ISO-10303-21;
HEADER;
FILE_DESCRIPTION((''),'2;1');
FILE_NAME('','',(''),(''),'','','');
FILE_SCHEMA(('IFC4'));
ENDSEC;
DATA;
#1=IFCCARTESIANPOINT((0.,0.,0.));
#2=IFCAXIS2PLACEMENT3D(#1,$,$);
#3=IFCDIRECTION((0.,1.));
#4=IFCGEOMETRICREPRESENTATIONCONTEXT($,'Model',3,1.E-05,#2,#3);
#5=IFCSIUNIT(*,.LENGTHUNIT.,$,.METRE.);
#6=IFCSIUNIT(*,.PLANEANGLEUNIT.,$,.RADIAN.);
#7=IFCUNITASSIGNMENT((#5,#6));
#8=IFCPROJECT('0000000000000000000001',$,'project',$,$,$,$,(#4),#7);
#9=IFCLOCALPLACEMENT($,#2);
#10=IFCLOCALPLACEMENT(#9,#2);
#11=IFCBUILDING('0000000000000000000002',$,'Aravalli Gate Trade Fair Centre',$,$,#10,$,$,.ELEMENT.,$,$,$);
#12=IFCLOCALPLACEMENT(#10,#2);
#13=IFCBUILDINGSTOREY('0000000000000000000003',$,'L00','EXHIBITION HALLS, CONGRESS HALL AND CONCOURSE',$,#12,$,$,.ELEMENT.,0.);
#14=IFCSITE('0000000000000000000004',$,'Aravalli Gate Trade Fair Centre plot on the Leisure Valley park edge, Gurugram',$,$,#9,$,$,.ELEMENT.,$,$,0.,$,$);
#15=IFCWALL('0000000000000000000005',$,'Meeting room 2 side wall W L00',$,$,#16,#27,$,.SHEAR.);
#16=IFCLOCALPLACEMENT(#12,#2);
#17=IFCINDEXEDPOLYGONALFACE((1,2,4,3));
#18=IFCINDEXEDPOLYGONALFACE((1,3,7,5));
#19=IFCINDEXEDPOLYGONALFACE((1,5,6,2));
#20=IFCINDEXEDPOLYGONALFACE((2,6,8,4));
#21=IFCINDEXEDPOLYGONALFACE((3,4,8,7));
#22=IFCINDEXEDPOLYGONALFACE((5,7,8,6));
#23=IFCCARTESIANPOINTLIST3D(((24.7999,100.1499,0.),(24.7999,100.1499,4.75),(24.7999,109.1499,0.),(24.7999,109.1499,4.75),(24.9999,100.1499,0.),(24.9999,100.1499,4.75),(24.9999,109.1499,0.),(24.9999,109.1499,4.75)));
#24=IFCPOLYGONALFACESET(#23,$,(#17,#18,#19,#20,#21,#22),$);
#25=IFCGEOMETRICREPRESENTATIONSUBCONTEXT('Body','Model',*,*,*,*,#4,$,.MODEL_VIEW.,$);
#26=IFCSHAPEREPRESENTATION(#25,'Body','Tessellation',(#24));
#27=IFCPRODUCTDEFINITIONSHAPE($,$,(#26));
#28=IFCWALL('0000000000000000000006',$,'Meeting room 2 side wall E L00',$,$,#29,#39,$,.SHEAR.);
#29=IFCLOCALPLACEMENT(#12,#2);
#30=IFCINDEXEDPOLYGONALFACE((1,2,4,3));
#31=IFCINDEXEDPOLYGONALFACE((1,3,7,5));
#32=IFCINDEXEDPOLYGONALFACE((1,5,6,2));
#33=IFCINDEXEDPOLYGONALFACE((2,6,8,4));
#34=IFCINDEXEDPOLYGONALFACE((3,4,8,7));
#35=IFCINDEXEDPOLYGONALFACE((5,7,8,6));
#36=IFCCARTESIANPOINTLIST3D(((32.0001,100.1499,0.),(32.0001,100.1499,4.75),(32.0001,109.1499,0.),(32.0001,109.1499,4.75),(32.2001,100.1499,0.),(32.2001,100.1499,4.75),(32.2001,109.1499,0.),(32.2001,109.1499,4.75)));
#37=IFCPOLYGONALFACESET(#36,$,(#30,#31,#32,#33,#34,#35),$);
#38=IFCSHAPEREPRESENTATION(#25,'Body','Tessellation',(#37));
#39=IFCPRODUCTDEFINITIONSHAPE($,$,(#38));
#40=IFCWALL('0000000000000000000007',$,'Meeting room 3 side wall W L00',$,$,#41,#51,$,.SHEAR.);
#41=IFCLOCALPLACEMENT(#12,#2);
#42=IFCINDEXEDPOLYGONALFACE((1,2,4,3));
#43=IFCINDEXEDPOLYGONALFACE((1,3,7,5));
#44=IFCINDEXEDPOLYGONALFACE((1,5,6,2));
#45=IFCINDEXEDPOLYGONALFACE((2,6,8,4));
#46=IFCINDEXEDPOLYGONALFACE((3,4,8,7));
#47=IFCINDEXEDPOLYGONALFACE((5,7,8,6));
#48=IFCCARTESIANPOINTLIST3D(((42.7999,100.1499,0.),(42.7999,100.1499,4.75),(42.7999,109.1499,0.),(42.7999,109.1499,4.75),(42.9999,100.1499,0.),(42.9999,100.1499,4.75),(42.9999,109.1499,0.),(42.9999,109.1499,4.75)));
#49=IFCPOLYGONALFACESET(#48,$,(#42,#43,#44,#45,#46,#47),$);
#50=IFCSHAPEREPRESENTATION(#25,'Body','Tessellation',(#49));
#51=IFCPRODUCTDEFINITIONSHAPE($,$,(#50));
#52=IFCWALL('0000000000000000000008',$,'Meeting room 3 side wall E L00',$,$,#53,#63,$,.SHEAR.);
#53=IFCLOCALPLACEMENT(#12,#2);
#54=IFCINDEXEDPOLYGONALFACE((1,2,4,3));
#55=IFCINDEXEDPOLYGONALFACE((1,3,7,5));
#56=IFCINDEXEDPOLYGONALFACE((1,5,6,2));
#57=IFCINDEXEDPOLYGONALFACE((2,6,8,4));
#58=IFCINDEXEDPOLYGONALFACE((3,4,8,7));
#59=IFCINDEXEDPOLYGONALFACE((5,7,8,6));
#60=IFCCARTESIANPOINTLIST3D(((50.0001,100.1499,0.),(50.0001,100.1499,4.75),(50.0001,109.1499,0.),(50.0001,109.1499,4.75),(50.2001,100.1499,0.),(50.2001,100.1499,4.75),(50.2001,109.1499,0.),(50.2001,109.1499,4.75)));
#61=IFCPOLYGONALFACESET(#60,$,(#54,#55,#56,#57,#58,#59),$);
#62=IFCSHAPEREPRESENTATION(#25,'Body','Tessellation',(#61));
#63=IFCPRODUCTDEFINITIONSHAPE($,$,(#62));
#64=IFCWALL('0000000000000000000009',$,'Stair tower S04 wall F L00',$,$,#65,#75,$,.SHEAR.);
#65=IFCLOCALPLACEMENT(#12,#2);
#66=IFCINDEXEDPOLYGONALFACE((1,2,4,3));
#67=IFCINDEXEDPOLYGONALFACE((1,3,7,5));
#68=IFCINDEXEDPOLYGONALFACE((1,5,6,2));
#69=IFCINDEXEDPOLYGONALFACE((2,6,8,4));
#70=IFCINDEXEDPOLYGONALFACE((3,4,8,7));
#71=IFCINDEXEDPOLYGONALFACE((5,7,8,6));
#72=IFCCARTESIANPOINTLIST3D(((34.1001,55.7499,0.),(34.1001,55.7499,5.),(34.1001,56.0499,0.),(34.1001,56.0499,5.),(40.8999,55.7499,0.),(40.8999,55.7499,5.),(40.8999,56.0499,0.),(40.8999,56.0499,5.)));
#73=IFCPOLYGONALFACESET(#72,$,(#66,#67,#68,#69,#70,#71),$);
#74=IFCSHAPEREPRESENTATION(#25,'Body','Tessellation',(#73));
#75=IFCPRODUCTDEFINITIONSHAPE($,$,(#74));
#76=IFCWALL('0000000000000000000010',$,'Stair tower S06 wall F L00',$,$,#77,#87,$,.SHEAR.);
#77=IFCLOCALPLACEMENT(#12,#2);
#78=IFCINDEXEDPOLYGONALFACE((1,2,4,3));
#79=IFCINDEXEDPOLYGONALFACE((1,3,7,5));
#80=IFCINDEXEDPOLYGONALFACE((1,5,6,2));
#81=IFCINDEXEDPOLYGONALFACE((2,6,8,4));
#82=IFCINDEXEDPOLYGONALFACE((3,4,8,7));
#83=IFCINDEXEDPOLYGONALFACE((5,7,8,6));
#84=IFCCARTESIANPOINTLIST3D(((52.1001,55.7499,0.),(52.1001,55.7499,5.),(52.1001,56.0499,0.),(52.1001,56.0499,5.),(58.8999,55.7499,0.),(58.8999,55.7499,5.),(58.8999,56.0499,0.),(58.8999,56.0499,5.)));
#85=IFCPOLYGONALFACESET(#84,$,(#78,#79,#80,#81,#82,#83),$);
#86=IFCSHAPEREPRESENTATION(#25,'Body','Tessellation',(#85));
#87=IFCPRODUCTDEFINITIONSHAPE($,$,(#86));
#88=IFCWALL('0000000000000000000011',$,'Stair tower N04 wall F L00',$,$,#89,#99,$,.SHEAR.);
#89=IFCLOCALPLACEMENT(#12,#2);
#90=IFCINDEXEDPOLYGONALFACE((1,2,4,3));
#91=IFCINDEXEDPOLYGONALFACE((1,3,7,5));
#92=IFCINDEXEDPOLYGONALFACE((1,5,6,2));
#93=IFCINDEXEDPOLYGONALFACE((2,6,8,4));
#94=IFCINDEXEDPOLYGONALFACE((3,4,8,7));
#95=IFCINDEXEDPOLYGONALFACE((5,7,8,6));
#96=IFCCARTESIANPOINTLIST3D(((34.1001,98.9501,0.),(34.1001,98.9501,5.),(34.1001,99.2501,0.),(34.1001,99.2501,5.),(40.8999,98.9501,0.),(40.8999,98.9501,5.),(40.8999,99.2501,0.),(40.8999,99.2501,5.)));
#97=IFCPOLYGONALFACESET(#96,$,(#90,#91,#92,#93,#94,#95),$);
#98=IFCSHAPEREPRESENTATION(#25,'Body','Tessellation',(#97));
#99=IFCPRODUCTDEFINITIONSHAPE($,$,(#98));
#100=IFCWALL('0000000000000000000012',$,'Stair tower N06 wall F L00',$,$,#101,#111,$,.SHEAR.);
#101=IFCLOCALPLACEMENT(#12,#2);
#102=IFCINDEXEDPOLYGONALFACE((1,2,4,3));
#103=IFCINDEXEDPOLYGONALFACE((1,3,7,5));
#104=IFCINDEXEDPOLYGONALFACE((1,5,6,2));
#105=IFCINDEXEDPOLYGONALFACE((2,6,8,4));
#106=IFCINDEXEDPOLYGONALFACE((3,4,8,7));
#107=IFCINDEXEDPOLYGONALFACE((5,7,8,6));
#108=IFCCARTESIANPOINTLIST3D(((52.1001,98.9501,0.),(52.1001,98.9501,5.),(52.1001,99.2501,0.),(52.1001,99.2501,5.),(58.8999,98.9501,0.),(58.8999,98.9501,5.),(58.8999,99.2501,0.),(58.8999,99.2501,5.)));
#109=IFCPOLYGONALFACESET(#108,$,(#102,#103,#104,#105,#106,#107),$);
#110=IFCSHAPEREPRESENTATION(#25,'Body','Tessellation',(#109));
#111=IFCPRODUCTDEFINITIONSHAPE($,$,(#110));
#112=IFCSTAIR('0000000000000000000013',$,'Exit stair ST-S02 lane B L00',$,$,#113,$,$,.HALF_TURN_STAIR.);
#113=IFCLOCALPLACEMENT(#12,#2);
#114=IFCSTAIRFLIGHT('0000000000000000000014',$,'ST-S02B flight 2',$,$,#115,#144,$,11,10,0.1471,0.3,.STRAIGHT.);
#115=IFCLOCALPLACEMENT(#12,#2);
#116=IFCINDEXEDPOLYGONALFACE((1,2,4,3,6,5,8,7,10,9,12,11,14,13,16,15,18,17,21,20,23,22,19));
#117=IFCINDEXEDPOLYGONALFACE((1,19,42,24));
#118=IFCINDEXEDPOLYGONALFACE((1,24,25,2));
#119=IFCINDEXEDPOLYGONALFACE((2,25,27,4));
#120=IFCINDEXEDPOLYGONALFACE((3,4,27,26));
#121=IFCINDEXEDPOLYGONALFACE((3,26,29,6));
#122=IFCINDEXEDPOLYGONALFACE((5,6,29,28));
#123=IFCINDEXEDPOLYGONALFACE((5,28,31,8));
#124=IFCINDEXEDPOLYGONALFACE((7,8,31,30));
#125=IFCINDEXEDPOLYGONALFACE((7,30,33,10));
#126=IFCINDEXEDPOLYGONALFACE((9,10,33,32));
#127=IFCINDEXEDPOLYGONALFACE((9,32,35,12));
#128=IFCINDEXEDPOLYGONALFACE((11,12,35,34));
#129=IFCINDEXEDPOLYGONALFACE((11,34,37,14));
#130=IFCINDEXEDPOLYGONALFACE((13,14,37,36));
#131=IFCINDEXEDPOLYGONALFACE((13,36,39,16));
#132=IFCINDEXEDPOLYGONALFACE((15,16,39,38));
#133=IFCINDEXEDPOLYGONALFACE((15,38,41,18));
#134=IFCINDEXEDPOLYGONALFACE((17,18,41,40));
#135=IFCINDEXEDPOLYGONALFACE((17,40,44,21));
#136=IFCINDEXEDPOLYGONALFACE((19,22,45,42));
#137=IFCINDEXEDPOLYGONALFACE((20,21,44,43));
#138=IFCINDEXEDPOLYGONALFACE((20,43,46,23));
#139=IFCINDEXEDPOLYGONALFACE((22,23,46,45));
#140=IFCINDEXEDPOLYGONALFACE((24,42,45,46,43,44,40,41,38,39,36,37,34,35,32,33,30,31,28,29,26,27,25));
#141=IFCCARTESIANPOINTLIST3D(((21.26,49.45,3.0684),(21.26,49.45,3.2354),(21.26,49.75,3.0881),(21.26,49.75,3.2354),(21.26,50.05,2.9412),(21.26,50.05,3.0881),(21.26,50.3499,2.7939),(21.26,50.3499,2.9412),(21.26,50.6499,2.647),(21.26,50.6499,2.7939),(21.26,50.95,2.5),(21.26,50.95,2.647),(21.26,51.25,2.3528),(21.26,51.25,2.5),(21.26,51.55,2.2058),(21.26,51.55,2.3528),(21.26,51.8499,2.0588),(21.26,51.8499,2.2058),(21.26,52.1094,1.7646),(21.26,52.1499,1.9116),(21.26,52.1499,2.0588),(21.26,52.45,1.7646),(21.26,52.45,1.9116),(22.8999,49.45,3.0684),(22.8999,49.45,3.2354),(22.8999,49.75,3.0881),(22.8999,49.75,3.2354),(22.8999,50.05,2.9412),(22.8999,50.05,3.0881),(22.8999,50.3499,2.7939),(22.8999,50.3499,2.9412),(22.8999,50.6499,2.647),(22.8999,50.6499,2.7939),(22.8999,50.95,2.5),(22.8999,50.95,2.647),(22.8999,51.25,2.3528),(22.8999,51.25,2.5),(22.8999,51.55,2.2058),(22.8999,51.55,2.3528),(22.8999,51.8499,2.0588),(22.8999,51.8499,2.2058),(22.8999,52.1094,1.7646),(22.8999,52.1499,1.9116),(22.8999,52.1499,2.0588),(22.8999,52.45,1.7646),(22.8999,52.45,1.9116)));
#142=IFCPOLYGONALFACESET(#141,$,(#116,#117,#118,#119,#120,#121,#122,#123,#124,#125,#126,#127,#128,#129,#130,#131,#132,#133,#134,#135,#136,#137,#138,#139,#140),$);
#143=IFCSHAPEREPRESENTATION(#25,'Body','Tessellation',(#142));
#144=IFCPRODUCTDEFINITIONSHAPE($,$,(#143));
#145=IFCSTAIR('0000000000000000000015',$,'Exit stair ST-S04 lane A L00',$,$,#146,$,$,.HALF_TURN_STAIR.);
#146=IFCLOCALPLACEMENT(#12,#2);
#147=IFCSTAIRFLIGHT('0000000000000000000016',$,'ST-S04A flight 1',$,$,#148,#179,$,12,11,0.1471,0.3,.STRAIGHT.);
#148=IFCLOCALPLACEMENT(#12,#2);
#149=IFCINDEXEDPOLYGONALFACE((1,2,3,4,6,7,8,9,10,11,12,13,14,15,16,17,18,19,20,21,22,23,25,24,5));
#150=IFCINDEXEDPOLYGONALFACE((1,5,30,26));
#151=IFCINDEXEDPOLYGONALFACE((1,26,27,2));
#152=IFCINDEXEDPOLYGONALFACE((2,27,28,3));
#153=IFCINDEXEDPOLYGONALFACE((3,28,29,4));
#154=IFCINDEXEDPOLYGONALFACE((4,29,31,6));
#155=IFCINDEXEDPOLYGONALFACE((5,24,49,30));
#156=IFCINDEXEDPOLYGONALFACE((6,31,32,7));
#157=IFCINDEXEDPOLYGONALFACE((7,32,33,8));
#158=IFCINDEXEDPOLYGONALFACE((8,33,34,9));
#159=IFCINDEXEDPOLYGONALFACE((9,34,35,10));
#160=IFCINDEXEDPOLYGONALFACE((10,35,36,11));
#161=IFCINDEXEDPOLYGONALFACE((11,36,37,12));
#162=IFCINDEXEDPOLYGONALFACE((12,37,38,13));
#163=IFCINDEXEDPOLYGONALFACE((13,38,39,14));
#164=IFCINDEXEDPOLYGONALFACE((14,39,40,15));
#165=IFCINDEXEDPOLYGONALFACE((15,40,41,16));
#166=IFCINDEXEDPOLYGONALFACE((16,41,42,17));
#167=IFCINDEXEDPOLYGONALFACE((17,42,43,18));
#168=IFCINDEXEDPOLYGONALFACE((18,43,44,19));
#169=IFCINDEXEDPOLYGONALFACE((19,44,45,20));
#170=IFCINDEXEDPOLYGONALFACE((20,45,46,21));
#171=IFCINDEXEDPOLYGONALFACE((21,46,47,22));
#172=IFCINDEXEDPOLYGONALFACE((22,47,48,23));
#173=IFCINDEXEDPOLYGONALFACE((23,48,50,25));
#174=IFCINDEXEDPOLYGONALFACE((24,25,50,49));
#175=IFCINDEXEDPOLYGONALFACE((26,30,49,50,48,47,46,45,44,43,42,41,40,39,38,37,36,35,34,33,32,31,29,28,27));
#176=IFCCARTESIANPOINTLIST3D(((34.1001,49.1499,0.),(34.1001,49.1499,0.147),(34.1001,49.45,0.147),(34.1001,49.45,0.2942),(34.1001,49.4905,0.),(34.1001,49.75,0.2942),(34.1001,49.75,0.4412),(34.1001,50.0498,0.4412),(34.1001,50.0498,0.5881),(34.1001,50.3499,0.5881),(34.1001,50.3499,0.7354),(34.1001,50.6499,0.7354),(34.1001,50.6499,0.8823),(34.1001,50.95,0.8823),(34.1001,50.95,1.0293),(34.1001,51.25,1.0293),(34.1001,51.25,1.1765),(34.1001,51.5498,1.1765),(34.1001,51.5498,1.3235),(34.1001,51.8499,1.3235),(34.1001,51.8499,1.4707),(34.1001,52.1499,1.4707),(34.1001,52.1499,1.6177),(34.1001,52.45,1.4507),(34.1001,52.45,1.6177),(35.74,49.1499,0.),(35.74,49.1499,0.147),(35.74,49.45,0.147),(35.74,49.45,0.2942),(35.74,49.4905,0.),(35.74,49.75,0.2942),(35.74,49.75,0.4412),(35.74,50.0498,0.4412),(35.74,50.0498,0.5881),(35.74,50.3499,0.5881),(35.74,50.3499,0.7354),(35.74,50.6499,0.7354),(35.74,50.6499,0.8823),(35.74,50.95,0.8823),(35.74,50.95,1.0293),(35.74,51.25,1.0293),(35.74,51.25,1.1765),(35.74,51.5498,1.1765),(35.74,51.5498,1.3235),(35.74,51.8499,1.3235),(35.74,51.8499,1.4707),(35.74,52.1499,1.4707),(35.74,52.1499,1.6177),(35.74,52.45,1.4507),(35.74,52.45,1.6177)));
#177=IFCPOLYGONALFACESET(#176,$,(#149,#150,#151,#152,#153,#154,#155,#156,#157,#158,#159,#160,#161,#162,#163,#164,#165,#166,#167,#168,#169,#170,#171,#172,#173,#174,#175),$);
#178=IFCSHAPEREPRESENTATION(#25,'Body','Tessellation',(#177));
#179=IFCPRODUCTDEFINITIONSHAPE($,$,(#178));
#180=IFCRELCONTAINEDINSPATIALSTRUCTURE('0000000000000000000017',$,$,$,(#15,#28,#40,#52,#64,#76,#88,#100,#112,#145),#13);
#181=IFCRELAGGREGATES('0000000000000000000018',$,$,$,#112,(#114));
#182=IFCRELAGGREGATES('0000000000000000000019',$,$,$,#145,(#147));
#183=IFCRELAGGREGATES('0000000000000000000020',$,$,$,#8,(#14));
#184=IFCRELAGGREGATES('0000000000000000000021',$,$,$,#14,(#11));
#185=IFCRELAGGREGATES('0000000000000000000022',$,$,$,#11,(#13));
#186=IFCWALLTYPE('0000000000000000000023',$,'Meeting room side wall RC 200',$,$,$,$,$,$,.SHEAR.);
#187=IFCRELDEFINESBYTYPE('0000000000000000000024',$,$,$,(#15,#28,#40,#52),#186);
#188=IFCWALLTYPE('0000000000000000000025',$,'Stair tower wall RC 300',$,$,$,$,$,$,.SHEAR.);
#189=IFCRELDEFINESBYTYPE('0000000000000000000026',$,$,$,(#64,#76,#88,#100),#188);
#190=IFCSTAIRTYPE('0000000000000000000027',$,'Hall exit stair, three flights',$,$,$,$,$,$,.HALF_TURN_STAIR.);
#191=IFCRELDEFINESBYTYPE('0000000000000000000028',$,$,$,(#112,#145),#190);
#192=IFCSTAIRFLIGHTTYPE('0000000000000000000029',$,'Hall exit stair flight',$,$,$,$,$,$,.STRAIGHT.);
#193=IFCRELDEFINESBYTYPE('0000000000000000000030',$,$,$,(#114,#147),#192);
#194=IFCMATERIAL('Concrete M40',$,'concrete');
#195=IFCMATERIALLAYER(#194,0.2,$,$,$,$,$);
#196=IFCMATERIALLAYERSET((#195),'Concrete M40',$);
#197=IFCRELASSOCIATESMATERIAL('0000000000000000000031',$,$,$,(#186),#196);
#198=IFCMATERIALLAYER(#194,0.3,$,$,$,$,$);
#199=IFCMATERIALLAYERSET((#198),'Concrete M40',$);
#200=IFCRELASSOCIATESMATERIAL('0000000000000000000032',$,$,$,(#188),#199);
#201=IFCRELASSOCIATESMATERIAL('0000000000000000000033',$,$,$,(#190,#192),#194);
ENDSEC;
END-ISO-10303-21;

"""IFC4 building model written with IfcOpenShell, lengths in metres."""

from ifc_helpers import new_model, si_unit, direction, frame, frame_2d, origin, place, context, subcontext, project, spatial, polyline, rectangle, outline, extrude, material, layer, layer_set, type_object, element, aggregate, save


model = new_model("IFC4")

# Units and contexts
model_context = context("Model", 3, precision=1e-05, world=origin(), true_north=direction((0.0, 1.0)))
body_context = subcontext(model_context, "Body", "Model", "MODEL_VIEW")
ifc_project = project(units=[si_unit("LENGTHUNIT", "METRE"), si_unit("PLANEANGLEUNIT", "RADIAN")], contexts=[model_context])

# Site, building, storey
site_placement = place(None, origin())
site = spatial("IfcSite", under=ifc_project, at=site_placement, Name="Aravalli Gate Trade Fair Centre plot on the Leisure Valley park edge, Gurugram", CompositionType="ELEMENT", RefElevation=0.0)
building_placement = place(site_placement, origin())
building = spatial("IfcBuilding", under=site, at=building_placement, Name="Aravalli Gate Trade Fair Centre", CompositionType="ELEMENT")
storey_placement = place(building_placement, origin())
storey = spatial("IfcBuildingStorey", under=building, at=storey_placement, Name="L00", Description="EXHIBITION HALLS, CONGRESS HALL AND CONCOURSE", CompositionType="ELEMENT", Elevation=0.0)

# Walls
ifc_material_1 = material(Name="Concrete M40", Category="concrete")
ifc_layer_1 = layer(ifc_material_1, 0.2)
ifc_layer_set_1 = layer_set([ifc_layer_1], Name="Concrete M40")
wall_type_1 = type_object("IfcWallType", Name="Meeting room side wall RC 200", PredefinedType="SHEAR", material=ifc_layer_set_1)
for number, where, z_axis, x_axis, name in (
    (1, (24.8999, 100.1499, 0.0), (0.0, 0.0, 1.0), (0.0, 1.0, 0.0), "Meeting room 2 side wall W L00"),
    (2, (32.1001, 100.1499, 0.0), (0.0, 0.0, 1.0), (0.0, 1.0, 0.0), "Meeting room 2 side wall E L00"),
    (3, (42.8999, 100.1499, 0.0), (0.0, 0.0, 1.0), (0.0, 1.0, 0.0), "Meeting room 3 side wall W L00"),
    (4, (50.1001, 100.1499, 0.0), (0.0, 0.0, 1.0), (0.0, 1.0, 0.0), "Meeting room 3 side wall E L00"),
):
    element("IfcWall", number, at=place(storey_placement, frame(where, z_axis=z_axis, x_axis=x_axis)), inside=storey, type_object=wall_type_1, Name=name, PredefinedType="SHEAR", context=body_context, shape_type="SweptSolid", body=[
        extrude(rectangle(XDim=9.0, YDim=0.2, at=frame_2d((4.5, 0.0))), origin(), (0.0, 0.0, 1.0), 4.75),
    ])
ifc_layer_2 = layer(ifc_material_1, 0.3)
ifc_layer_set_2 = layer_set([ifc_layer_2], Name="Concrete M40")
wall_type_2 = type_object("IfcWallType", Name="Stair tower wall RC 300", PredefinedType="SHEAR", material=ifc_layer_set_2)
for number, where, z_axis, x_axis, name in (
    (5, (34.1001, 55.8999, 0.0), (0.0, 0.0, 1.0), (1.0, 0.0, 0.0), "Stair tower S04 wall F L00"),
    (6, (52.1001, 55.8999, 0.0), (0.0, 0.0, 1.0), (1.0, 0.0, 0.0), "Stair tower S06 wall F L00"),
    (7, (34.1001, 99.1001, 0.0), (0.0, 0.0, 1.0), (1.0, 0.0, 0.0), "Stair tower N04 wall F L00"),
    (8, (52.1001, 99.1001, 0.0), (0.0, 0.0, 1.0), (1.0, 0.0, 0.0), "Stair tower N06 wall F L00"),
):
    element("IfcWall", number, at=place(storey_placement, frame(where, z_axis=z_axis, x_axis=x_axis)), inside=storey, type_object=wall_type_2, Name=name, PredefinedType="SHEAR", context=body_context, shape_type="SweptSolid", body=[
        extrude(rectangle(XDim=6.7998, YDim=0.3, at=frame_2d((3.3999, 0.0))), origin(), (0.0, 0.0, 1.0), 5.0),
    ])

# Stair, stair flight
stair_type_1 = type_object("IfcStairType", Name="Hall exit stair, three flights", PredefinedType="HALF_TURN_STAIR", material=ifc_material_1)
stair_1_placement = place(storey_placement, origin())
stair_1 = element("IfcStair", 9, at=stair_1_placement, inside=storey, type_object=stair_type_1, Name="Exit stair ST-S02 lane B L00", PredefinedType="HALF_TURN_STAIR")
stair_flight_type_1 = type_object("IfcStairFlightType", Name="Hall exit stair flight", PredefinedType="STRAIGHT", material=ifc_material_1)
stair_flight_1_placement = place(storey_placement, frame((22.0801, 52.45, 1.7646), z_axis=(0.0, 0.0, 1.0), x_axis=(0.0, -1.0, 0.0)))
stair_flight_1 = element("IfcStairFlight", 10, at=stair_flight_1_placement, type_object=stair_flight_type_1, Name="ST-S02B flight 2", NumberOfRisers=11, NumberOfTreads=10, PredefinedType="STRAIGHT", RiserHeight=0.1471, TreadLength=0.3, context=body_context, shape_type="SweptSolid", body=[
    extrude(outline(polyline([(0.0, 0.0), (0.0, 0.147), (0.3, 0.147), (0.3, 0.2942), (0.6001, 0.2942), (0.6001, 0.4412), (0.8999, 0.4412), (0.8999, 0.5881), (1.2, 0.5881), (1.2, 0.7354), (1.5, 0.7354), (1.5, 0.8823), (1.8, 0.8823), (1.8, 1.0293), (2.1001, 1.0293), (2.1001, 1.1765), (2.3999, 1.1765), (2.3999, 1.3235), (2.7, 1.3235), (2.7, 1.4707), (3.0, 1.4707), (3.0, 1.6177), (3.0, 1.3037), (0.3406, 0.0), (0.0, 0.0)])), frame((0.0, 0.8198, 0.0), z_axis=(0.0, -1.0, 0.0), x_axis=(1.0, 0.0, 0.0)), (0.0, 0.0, 1.0), 1.6399),
])
aggregate(stair_1, [stair_flight_1])

# Stair, stair flight
stair_2_placement = place(storey_placement, origin())
stair_2 = element("IfcStair", 11, at=stair_2_placement, inside=storey, type_object=stair_type_1, Name="Exit stair ST-S04 lane A L00", PredefinedType="HALF_TURN_STAIR")
stair_flight_2_placement = place(storey_placement, frame((34.9199, 49.1499, 0.0), z_axis=(0.0, 0.0, 1.0), x_axis=(0.0, 1.0, 0.0)))
stair_flight_2 = element("IfcStairFlight", 12, at=stair_flight_2_placement, type_object=stair_flight_type_1, Name="ST-S04A flight 1", NumberOfRisers=12, NumberOfTreads=11, PredefinedType="STRAIGHT", RiserHeight=0.1471, TreadLength=0.3, context=body_context, shape_type="SweptSolid", body=[
    extrude(outline(polyline([(0.0, 0.0), (0.0, 0.147), (0.3, 0.147), (0.3, 0.2942), (0.6001, 0.2942), (0.6001, 0.4412), (0.8999, 0.4412), (0.8999, 0.5881), (1.2, 0.5881), (1.2, 0.7354), (1.5, 0.7354), (1.5, 0.8823), (1.8, 0.8823), (1.8, 1.0293), (2.1001, 1.0293), (2.1001, 1.1765), (2.3999, 1.1765), (2.3999, 1.3235), (2.7, 1.3235), (2.7, 1.4707), (3.0, 1.4707), (3.0, 1.6177), (3.3, 1.6177), (3.3, 1.7646), (3.3, 1.4507), (0.3406, 0.0), (0.0, 0.0)])), frame((0.0, 0.8198, 0.0), z_axis=(0.0, -1.0, 0.0), x_axis=(1.0, 0.0, 0.0)), (0.0, 0.0, 1.0), 1.6399),
])
aggregate(stair_2, [stair_flight_2])

save(model, "model.ifc")
